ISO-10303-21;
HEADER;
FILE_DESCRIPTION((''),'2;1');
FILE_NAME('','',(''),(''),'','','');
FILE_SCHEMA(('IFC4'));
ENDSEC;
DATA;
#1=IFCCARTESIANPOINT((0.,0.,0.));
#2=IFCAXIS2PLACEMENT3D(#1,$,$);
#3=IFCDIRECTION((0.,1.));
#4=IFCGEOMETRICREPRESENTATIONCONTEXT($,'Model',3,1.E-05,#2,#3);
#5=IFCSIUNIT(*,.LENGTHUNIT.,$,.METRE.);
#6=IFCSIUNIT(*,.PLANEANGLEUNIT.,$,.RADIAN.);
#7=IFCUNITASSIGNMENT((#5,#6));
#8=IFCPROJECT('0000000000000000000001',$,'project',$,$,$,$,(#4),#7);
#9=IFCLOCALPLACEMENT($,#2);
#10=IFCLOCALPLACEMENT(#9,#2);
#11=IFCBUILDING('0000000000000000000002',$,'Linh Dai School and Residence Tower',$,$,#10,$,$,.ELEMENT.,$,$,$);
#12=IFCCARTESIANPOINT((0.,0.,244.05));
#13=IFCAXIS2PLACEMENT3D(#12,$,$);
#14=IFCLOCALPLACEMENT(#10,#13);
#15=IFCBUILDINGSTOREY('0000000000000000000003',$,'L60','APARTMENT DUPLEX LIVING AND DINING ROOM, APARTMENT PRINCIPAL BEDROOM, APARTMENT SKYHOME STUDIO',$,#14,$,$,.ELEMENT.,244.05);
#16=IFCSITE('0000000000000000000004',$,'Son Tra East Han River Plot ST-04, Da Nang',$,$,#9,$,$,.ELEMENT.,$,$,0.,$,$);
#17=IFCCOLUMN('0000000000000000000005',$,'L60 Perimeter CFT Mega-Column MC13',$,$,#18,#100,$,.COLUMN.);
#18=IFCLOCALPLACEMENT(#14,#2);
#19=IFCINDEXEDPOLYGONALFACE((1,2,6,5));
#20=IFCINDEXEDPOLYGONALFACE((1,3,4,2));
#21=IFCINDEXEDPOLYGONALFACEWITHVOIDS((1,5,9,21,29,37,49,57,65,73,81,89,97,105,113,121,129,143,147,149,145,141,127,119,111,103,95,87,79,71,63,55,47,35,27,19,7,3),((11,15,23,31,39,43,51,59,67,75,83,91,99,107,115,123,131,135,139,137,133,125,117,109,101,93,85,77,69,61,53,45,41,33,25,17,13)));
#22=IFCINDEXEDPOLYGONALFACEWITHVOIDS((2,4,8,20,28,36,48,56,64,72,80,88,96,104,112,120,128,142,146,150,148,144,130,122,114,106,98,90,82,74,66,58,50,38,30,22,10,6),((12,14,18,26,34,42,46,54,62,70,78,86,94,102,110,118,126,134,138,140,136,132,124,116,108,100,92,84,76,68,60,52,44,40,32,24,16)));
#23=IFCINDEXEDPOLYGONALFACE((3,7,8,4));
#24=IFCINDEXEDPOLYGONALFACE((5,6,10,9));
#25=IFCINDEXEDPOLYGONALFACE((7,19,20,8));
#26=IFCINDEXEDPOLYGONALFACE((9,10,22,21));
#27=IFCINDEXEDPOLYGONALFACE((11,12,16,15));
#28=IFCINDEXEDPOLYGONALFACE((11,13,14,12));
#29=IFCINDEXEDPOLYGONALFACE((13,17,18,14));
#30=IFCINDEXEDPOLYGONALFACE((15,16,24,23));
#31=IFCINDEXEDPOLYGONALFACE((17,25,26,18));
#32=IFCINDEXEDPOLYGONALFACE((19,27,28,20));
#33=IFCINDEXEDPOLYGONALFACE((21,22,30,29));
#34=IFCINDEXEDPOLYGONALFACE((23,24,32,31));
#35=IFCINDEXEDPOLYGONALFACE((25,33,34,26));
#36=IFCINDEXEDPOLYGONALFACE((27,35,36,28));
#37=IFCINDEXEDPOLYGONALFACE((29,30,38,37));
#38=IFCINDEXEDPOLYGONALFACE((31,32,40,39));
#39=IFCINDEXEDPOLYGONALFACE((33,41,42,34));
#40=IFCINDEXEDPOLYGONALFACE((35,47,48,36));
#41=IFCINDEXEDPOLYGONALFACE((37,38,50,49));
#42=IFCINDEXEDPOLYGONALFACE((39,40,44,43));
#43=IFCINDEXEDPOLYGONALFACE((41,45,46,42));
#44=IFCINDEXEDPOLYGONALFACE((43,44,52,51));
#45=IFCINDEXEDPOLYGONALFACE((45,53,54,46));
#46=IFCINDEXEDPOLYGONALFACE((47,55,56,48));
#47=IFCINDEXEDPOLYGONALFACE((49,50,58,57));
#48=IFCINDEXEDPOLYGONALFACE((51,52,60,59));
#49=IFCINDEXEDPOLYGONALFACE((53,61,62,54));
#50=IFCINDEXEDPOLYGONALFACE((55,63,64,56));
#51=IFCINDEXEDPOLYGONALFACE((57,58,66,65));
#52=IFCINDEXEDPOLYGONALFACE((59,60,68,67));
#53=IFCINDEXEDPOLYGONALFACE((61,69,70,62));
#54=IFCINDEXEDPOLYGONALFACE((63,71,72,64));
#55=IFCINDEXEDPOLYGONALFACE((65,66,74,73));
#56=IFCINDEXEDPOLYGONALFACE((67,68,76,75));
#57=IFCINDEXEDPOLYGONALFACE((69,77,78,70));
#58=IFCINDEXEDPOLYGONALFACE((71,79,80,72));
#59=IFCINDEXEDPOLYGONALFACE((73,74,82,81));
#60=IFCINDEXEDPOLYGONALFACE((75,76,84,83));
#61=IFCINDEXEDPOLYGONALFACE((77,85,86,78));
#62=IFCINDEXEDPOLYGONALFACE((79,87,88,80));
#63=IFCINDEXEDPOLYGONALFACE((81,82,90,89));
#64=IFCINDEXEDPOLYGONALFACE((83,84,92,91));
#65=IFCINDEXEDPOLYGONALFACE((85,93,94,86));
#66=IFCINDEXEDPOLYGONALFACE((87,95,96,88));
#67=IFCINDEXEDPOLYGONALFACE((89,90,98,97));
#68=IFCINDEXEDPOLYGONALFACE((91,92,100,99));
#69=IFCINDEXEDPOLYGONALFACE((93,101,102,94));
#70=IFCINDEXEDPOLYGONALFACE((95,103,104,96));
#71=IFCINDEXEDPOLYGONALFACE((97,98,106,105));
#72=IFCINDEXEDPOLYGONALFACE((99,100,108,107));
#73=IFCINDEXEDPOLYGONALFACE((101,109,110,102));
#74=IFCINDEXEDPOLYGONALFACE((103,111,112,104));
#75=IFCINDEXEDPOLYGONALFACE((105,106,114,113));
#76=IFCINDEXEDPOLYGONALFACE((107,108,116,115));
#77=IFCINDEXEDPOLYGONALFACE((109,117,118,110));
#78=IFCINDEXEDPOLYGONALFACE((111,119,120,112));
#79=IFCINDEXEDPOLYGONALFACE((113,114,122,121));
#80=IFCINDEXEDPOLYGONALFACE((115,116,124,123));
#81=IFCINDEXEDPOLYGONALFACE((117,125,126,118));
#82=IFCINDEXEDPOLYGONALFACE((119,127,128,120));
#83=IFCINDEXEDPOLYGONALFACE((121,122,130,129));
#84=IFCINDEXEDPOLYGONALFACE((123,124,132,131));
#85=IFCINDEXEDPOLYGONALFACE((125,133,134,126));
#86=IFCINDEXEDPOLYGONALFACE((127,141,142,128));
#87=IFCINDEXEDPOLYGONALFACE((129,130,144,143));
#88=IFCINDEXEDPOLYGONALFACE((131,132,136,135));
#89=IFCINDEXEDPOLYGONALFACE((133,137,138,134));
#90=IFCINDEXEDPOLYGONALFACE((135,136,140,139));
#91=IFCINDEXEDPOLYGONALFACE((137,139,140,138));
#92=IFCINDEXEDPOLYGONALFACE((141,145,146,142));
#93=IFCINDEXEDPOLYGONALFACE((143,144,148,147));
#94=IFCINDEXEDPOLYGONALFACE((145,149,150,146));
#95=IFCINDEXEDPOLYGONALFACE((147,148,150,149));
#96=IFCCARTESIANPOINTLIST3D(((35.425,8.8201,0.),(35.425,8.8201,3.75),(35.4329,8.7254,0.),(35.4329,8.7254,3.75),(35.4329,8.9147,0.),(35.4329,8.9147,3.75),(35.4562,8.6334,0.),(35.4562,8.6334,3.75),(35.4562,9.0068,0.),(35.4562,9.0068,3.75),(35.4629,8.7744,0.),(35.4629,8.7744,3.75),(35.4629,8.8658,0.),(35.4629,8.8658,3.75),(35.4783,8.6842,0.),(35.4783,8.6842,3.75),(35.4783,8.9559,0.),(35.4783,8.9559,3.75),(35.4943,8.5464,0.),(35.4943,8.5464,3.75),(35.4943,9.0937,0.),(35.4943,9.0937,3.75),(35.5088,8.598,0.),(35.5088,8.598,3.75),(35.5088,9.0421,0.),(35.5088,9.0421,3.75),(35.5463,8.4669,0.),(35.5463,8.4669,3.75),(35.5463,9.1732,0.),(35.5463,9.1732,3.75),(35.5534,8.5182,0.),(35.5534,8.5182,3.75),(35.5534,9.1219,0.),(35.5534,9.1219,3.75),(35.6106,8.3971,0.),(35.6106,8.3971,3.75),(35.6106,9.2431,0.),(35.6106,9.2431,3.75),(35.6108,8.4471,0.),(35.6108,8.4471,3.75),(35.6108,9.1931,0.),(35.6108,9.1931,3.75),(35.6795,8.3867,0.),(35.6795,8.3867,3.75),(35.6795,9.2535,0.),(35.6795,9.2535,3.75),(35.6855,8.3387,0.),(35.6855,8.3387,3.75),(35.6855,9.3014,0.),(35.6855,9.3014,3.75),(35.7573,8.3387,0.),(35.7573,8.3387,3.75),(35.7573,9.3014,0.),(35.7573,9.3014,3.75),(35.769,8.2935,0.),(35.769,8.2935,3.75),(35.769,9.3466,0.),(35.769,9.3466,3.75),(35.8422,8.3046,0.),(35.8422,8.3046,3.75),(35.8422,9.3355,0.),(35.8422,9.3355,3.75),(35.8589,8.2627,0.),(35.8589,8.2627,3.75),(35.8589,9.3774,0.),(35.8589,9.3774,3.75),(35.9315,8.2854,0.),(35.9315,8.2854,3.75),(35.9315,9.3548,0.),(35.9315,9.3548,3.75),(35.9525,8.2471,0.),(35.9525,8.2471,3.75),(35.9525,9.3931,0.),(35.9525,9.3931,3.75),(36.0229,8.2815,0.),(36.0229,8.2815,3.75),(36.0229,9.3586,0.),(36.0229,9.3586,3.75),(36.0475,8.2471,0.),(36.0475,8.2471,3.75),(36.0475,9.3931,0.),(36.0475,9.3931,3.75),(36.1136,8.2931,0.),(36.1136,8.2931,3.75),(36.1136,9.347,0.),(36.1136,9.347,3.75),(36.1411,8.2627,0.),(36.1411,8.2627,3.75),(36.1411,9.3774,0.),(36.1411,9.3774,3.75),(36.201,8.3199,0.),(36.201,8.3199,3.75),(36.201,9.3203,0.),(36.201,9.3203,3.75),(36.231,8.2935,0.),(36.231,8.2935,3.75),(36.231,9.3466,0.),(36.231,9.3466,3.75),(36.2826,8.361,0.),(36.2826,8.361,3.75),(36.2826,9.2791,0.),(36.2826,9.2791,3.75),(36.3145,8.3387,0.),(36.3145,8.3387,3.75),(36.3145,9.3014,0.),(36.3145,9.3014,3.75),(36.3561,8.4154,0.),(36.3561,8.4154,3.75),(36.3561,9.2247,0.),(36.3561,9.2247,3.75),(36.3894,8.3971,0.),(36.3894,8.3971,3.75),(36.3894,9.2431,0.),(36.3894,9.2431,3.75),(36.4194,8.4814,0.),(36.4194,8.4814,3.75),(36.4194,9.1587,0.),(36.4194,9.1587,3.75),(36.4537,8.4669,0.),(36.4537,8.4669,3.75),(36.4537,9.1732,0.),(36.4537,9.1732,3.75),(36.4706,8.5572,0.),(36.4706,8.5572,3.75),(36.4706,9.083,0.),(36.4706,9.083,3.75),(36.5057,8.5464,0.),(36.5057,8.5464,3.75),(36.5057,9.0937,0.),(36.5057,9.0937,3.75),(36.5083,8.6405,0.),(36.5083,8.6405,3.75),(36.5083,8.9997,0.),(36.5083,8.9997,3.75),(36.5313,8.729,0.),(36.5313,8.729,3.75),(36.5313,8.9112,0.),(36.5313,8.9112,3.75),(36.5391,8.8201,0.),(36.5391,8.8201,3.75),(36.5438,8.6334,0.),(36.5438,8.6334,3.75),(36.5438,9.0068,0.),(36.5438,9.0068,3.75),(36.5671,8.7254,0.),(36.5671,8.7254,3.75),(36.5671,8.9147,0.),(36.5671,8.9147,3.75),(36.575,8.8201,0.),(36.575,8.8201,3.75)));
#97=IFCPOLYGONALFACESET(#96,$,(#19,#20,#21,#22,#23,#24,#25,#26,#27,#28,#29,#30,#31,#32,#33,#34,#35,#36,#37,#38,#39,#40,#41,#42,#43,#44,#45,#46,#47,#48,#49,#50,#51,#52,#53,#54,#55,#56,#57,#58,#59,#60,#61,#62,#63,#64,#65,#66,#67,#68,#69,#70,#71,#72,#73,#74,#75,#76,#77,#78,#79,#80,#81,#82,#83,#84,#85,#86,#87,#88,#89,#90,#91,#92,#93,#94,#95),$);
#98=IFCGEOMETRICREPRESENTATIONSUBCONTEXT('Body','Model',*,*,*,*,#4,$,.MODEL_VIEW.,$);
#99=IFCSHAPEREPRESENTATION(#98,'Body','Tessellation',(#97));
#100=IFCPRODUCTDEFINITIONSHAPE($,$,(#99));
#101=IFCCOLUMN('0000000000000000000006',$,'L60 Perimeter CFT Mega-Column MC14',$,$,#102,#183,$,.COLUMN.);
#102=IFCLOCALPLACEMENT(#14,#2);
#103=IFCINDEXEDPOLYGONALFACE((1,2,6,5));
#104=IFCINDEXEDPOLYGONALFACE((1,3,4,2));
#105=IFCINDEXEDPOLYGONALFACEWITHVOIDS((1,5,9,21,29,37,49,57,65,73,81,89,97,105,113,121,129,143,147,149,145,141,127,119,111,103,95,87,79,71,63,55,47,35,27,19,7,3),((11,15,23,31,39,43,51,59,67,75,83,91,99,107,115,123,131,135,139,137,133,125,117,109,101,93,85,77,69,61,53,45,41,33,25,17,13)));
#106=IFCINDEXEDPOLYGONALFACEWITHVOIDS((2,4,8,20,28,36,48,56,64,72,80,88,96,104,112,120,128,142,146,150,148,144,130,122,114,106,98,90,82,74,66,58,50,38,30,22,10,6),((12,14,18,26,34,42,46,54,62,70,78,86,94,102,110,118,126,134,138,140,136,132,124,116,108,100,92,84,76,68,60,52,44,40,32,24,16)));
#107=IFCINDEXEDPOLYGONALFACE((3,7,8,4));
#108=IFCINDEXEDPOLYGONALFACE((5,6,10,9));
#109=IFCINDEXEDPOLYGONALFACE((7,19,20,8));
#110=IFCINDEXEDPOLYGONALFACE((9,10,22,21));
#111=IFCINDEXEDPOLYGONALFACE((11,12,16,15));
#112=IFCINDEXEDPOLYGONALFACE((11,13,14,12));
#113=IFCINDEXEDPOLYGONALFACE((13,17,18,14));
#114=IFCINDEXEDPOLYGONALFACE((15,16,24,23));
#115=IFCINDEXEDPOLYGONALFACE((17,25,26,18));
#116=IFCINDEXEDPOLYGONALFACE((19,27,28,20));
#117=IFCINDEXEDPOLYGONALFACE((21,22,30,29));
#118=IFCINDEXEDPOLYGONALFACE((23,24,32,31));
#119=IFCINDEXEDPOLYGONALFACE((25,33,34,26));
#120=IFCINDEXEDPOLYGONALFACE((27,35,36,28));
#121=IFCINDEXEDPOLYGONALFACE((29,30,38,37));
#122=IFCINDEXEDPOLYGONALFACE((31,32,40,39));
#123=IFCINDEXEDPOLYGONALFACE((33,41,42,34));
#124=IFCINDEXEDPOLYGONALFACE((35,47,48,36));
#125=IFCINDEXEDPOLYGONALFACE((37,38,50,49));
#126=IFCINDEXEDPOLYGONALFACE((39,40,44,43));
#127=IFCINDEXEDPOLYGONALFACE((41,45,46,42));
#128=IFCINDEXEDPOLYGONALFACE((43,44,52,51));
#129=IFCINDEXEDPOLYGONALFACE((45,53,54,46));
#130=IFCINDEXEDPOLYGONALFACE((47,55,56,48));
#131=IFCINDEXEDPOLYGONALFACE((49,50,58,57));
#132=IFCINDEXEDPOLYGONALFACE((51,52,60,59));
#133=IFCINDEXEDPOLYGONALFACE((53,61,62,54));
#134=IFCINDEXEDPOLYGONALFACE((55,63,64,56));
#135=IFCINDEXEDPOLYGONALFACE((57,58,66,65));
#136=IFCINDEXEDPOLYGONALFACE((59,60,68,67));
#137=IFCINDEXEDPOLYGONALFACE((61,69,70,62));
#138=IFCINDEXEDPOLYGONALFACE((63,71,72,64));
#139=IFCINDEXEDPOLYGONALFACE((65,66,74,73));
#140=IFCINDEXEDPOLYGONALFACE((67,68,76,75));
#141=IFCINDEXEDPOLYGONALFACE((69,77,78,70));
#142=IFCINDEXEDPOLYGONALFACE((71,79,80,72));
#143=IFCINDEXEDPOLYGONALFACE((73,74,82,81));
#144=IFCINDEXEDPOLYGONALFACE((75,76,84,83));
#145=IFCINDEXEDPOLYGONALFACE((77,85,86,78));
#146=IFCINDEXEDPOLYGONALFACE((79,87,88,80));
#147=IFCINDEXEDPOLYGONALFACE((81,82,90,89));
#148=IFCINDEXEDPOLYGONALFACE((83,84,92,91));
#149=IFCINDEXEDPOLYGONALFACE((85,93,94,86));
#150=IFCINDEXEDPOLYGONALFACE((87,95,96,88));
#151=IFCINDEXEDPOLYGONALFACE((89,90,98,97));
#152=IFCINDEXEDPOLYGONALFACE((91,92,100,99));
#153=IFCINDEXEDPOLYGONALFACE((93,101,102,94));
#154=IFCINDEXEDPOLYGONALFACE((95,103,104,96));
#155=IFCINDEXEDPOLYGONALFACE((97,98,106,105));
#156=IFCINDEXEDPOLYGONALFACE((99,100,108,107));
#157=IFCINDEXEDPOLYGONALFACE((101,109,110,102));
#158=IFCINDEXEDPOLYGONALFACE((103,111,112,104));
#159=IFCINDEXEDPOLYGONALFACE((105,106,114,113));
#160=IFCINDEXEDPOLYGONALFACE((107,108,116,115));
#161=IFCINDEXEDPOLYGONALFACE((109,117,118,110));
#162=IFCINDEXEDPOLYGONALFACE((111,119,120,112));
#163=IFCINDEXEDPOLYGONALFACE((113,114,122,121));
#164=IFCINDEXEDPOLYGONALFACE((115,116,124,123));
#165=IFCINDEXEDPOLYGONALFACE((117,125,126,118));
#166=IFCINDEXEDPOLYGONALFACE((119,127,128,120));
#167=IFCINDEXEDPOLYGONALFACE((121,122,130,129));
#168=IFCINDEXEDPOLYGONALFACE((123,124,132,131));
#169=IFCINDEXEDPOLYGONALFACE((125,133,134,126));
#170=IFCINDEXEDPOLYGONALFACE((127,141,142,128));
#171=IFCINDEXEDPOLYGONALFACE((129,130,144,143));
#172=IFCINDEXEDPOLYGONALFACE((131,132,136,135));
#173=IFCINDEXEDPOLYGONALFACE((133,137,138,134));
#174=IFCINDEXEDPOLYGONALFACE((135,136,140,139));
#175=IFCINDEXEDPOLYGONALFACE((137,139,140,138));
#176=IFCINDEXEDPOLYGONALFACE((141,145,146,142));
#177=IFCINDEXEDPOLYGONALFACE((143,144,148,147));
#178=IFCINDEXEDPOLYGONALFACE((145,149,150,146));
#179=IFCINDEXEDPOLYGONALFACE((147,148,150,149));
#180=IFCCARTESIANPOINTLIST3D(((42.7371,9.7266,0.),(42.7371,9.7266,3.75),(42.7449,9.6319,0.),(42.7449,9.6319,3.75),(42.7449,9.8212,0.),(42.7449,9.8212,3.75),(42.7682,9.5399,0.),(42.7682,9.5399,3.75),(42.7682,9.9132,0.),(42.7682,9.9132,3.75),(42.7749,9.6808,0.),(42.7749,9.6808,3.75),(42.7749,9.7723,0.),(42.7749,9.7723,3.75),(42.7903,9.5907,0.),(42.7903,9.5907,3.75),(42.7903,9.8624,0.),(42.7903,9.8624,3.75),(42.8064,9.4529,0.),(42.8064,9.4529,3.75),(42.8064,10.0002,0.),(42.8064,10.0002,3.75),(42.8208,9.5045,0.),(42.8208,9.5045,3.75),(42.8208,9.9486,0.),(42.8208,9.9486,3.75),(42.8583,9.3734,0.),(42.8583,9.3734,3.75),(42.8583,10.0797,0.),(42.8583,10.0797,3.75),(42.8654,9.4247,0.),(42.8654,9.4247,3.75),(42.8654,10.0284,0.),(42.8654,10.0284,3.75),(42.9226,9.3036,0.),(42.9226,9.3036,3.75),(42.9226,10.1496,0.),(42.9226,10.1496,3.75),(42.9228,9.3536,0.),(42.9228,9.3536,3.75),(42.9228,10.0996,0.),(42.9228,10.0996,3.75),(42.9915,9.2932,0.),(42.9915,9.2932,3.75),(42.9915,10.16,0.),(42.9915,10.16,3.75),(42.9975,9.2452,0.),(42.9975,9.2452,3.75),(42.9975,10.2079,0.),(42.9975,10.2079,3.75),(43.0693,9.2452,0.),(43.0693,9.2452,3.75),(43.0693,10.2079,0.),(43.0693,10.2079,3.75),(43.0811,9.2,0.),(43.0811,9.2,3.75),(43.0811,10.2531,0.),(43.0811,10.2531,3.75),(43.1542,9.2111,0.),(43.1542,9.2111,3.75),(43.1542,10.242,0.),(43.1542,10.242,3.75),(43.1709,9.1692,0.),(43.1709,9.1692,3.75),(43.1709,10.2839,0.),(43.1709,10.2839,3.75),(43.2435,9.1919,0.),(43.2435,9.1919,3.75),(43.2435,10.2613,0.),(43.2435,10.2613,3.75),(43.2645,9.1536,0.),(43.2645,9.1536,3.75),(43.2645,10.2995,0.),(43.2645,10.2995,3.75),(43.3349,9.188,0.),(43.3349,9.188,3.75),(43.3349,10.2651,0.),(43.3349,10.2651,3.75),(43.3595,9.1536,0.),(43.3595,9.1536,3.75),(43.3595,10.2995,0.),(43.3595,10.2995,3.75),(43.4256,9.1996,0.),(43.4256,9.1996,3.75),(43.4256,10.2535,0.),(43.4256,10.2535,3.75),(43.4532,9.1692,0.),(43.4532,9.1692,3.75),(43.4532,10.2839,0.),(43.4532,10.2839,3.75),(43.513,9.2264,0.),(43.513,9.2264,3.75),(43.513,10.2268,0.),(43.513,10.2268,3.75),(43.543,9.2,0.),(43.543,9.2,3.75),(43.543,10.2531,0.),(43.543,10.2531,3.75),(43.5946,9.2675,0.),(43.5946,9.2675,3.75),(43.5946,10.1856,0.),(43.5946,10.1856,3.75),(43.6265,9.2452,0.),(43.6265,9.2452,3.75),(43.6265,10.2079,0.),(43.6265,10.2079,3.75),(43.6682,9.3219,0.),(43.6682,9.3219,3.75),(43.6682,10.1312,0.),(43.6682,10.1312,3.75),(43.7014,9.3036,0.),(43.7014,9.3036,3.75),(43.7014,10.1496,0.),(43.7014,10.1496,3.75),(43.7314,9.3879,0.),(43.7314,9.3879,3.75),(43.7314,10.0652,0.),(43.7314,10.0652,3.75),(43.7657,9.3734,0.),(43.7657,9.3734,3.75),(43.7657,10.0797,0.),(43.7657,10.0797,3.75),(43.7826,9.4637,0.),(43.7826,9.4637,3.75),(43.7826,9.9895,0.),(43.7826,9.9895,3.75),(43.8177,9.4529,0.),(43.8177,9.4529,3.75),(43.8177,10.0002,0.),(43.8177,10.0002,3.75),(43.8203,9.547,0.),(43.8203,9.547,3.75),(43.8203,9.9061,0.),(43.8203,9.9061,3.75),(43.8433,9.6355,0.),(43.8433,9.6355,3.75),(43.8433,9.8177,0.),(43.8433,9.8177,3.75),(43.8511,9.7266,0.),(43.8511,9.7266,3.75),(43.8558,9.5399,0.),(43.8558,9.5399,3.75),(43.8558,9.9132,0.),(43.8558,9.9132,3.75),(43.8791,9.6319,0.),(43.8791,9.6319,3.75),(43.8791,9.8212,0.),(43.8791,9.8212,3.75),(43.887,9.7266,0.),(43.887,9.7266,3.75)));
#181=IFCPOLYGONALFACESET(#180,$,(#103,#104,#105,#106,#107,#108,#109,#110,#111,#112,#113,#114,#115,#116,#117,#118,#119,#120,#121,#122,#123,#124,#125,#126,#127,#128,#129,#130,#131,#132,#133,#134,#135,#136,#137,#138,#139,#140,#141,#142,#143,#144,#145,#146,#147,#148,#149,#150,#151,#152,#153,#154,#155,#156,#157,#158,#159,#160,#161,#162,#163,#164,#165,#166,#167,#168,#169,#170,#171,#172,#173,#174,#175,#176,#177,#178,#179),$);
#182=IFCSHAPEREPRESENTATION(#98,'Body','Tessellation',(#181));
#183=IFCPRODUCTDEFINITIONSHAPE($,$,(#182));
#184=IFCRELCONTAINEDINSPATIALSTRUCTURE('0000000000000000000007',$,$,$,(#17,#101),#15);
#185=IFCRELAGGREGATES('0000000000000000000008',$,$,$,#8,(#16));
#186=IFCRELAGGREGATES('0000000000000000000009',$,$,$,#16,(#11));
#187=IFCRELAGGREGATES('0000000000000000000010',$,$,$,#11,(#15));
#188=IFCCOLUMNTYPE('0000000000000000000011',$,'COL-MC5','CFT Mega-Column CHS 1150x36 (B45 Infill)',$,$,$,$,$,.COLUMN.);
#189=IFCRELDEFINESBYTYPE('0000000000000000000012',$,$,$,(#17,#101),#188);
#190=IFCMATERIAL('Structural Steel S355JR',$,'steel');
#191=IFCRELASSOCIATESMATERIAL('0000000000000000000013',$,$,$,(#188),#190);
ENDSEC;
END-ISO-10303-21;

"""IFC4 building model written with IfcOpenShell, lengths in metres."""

from ifc_helpers import new_model, si_unit, direction, frame, origin, origin_2d, place, context, subcontext, project, spatial, hollow_circle, extrude, material, material_profile, profile_set, type_object, element, save


model = new_model("IFC4")

# Units and contexts
model_context = context("Model", 3, precision=1e-05, world=origin(), true_north=direction((0.0, 1.0)))
body_context = subcontext(model_context, "Body", "Model", "MODEL_VIEW")
ifc_project = project(units=[si_unit("LENGTHUNIT", "METRE"), si_unit("PLANEANGLEUNIT", "RADIAN")], contexts=[model_context])

# Site, building, storey
site_placement = place(None, origin())
site = spatial("IfcSite", under=ifc_project, at=site_placement, Name="Son Tra East Han River Plot ST-04, Da Nang", CompositionType="ELEMENT", RefElevation=0.0)
building_placement = place(site_placement, origin())
building = spatial("IfcBuilding", under=site, at=building_placement, Name="Linh Dai School and Residence Tower", CompositionType="ELEMENT")
storey_placement = place(building_placement, frame((0.0, 0.0, 244.05)))
storey = spatial("IfcBuildingStorey", under=building, at=storey_placement, Name="L60", Description="APARTMENT DUPLEX LIVING AND DINING ROOM, APARTMENT PRINCIPAL BEDROOM, APARTMENT SKYHOME STUDIO", CompositionType="ELEMENT", Elevation=244.05)

# Columns
ifc_material_1 = material(Name="Structural Steel S355JR", Category="steel")
ifc_material_profile_1 = material_profile(ifc_material_1, hollow_circle(Radius=0.575, WallThickness=0.0359, at=origin_2d()), Name="CHS 1150x36")
ifc_profile_set_1 = profile_set([ifc_material_profile_1], Name="Structural Steel S355JR")
column_type = type_object("IfcColumnType", Name="COL-MC5", Description="CFT Mega-Column CHS 1150x36 (B45 Infill)", PredefinedType="COLUMN", material=ifc_profile_set_1)
for number, where, z_axis, x_axis, name in (
    (1, (36.0, 8.8201, 0.0), (0.0, 0.0, 1.0), (1.0, 0.0, 0.0), "L60 Perimeter CFT Mega-Column MC13"),
    (2, (43.312, 9.7266, 0.0), (0.0, 0.0, 1.0), (1.0, 0.0, 0.0), "L60 Perimeter CFT Mega-Column MC14"),
):
    element("IfcColumn", number, at=place(storey_placement, frame(where, z_axis=z_axis, x_axis=x_axis)), inside=storey, type_object=column_type, Name=name, PredefinedType="COLUMN", context=body_context, shape_type="SweptSolid", body=[
        extrude(hollow_circle(Radius=0.575, WallThickness=0.0359, at=origin_2d()), origin(), (0.0, 0.0, 1.0), 3.75),
    ])

save(model, "model.ifc")
